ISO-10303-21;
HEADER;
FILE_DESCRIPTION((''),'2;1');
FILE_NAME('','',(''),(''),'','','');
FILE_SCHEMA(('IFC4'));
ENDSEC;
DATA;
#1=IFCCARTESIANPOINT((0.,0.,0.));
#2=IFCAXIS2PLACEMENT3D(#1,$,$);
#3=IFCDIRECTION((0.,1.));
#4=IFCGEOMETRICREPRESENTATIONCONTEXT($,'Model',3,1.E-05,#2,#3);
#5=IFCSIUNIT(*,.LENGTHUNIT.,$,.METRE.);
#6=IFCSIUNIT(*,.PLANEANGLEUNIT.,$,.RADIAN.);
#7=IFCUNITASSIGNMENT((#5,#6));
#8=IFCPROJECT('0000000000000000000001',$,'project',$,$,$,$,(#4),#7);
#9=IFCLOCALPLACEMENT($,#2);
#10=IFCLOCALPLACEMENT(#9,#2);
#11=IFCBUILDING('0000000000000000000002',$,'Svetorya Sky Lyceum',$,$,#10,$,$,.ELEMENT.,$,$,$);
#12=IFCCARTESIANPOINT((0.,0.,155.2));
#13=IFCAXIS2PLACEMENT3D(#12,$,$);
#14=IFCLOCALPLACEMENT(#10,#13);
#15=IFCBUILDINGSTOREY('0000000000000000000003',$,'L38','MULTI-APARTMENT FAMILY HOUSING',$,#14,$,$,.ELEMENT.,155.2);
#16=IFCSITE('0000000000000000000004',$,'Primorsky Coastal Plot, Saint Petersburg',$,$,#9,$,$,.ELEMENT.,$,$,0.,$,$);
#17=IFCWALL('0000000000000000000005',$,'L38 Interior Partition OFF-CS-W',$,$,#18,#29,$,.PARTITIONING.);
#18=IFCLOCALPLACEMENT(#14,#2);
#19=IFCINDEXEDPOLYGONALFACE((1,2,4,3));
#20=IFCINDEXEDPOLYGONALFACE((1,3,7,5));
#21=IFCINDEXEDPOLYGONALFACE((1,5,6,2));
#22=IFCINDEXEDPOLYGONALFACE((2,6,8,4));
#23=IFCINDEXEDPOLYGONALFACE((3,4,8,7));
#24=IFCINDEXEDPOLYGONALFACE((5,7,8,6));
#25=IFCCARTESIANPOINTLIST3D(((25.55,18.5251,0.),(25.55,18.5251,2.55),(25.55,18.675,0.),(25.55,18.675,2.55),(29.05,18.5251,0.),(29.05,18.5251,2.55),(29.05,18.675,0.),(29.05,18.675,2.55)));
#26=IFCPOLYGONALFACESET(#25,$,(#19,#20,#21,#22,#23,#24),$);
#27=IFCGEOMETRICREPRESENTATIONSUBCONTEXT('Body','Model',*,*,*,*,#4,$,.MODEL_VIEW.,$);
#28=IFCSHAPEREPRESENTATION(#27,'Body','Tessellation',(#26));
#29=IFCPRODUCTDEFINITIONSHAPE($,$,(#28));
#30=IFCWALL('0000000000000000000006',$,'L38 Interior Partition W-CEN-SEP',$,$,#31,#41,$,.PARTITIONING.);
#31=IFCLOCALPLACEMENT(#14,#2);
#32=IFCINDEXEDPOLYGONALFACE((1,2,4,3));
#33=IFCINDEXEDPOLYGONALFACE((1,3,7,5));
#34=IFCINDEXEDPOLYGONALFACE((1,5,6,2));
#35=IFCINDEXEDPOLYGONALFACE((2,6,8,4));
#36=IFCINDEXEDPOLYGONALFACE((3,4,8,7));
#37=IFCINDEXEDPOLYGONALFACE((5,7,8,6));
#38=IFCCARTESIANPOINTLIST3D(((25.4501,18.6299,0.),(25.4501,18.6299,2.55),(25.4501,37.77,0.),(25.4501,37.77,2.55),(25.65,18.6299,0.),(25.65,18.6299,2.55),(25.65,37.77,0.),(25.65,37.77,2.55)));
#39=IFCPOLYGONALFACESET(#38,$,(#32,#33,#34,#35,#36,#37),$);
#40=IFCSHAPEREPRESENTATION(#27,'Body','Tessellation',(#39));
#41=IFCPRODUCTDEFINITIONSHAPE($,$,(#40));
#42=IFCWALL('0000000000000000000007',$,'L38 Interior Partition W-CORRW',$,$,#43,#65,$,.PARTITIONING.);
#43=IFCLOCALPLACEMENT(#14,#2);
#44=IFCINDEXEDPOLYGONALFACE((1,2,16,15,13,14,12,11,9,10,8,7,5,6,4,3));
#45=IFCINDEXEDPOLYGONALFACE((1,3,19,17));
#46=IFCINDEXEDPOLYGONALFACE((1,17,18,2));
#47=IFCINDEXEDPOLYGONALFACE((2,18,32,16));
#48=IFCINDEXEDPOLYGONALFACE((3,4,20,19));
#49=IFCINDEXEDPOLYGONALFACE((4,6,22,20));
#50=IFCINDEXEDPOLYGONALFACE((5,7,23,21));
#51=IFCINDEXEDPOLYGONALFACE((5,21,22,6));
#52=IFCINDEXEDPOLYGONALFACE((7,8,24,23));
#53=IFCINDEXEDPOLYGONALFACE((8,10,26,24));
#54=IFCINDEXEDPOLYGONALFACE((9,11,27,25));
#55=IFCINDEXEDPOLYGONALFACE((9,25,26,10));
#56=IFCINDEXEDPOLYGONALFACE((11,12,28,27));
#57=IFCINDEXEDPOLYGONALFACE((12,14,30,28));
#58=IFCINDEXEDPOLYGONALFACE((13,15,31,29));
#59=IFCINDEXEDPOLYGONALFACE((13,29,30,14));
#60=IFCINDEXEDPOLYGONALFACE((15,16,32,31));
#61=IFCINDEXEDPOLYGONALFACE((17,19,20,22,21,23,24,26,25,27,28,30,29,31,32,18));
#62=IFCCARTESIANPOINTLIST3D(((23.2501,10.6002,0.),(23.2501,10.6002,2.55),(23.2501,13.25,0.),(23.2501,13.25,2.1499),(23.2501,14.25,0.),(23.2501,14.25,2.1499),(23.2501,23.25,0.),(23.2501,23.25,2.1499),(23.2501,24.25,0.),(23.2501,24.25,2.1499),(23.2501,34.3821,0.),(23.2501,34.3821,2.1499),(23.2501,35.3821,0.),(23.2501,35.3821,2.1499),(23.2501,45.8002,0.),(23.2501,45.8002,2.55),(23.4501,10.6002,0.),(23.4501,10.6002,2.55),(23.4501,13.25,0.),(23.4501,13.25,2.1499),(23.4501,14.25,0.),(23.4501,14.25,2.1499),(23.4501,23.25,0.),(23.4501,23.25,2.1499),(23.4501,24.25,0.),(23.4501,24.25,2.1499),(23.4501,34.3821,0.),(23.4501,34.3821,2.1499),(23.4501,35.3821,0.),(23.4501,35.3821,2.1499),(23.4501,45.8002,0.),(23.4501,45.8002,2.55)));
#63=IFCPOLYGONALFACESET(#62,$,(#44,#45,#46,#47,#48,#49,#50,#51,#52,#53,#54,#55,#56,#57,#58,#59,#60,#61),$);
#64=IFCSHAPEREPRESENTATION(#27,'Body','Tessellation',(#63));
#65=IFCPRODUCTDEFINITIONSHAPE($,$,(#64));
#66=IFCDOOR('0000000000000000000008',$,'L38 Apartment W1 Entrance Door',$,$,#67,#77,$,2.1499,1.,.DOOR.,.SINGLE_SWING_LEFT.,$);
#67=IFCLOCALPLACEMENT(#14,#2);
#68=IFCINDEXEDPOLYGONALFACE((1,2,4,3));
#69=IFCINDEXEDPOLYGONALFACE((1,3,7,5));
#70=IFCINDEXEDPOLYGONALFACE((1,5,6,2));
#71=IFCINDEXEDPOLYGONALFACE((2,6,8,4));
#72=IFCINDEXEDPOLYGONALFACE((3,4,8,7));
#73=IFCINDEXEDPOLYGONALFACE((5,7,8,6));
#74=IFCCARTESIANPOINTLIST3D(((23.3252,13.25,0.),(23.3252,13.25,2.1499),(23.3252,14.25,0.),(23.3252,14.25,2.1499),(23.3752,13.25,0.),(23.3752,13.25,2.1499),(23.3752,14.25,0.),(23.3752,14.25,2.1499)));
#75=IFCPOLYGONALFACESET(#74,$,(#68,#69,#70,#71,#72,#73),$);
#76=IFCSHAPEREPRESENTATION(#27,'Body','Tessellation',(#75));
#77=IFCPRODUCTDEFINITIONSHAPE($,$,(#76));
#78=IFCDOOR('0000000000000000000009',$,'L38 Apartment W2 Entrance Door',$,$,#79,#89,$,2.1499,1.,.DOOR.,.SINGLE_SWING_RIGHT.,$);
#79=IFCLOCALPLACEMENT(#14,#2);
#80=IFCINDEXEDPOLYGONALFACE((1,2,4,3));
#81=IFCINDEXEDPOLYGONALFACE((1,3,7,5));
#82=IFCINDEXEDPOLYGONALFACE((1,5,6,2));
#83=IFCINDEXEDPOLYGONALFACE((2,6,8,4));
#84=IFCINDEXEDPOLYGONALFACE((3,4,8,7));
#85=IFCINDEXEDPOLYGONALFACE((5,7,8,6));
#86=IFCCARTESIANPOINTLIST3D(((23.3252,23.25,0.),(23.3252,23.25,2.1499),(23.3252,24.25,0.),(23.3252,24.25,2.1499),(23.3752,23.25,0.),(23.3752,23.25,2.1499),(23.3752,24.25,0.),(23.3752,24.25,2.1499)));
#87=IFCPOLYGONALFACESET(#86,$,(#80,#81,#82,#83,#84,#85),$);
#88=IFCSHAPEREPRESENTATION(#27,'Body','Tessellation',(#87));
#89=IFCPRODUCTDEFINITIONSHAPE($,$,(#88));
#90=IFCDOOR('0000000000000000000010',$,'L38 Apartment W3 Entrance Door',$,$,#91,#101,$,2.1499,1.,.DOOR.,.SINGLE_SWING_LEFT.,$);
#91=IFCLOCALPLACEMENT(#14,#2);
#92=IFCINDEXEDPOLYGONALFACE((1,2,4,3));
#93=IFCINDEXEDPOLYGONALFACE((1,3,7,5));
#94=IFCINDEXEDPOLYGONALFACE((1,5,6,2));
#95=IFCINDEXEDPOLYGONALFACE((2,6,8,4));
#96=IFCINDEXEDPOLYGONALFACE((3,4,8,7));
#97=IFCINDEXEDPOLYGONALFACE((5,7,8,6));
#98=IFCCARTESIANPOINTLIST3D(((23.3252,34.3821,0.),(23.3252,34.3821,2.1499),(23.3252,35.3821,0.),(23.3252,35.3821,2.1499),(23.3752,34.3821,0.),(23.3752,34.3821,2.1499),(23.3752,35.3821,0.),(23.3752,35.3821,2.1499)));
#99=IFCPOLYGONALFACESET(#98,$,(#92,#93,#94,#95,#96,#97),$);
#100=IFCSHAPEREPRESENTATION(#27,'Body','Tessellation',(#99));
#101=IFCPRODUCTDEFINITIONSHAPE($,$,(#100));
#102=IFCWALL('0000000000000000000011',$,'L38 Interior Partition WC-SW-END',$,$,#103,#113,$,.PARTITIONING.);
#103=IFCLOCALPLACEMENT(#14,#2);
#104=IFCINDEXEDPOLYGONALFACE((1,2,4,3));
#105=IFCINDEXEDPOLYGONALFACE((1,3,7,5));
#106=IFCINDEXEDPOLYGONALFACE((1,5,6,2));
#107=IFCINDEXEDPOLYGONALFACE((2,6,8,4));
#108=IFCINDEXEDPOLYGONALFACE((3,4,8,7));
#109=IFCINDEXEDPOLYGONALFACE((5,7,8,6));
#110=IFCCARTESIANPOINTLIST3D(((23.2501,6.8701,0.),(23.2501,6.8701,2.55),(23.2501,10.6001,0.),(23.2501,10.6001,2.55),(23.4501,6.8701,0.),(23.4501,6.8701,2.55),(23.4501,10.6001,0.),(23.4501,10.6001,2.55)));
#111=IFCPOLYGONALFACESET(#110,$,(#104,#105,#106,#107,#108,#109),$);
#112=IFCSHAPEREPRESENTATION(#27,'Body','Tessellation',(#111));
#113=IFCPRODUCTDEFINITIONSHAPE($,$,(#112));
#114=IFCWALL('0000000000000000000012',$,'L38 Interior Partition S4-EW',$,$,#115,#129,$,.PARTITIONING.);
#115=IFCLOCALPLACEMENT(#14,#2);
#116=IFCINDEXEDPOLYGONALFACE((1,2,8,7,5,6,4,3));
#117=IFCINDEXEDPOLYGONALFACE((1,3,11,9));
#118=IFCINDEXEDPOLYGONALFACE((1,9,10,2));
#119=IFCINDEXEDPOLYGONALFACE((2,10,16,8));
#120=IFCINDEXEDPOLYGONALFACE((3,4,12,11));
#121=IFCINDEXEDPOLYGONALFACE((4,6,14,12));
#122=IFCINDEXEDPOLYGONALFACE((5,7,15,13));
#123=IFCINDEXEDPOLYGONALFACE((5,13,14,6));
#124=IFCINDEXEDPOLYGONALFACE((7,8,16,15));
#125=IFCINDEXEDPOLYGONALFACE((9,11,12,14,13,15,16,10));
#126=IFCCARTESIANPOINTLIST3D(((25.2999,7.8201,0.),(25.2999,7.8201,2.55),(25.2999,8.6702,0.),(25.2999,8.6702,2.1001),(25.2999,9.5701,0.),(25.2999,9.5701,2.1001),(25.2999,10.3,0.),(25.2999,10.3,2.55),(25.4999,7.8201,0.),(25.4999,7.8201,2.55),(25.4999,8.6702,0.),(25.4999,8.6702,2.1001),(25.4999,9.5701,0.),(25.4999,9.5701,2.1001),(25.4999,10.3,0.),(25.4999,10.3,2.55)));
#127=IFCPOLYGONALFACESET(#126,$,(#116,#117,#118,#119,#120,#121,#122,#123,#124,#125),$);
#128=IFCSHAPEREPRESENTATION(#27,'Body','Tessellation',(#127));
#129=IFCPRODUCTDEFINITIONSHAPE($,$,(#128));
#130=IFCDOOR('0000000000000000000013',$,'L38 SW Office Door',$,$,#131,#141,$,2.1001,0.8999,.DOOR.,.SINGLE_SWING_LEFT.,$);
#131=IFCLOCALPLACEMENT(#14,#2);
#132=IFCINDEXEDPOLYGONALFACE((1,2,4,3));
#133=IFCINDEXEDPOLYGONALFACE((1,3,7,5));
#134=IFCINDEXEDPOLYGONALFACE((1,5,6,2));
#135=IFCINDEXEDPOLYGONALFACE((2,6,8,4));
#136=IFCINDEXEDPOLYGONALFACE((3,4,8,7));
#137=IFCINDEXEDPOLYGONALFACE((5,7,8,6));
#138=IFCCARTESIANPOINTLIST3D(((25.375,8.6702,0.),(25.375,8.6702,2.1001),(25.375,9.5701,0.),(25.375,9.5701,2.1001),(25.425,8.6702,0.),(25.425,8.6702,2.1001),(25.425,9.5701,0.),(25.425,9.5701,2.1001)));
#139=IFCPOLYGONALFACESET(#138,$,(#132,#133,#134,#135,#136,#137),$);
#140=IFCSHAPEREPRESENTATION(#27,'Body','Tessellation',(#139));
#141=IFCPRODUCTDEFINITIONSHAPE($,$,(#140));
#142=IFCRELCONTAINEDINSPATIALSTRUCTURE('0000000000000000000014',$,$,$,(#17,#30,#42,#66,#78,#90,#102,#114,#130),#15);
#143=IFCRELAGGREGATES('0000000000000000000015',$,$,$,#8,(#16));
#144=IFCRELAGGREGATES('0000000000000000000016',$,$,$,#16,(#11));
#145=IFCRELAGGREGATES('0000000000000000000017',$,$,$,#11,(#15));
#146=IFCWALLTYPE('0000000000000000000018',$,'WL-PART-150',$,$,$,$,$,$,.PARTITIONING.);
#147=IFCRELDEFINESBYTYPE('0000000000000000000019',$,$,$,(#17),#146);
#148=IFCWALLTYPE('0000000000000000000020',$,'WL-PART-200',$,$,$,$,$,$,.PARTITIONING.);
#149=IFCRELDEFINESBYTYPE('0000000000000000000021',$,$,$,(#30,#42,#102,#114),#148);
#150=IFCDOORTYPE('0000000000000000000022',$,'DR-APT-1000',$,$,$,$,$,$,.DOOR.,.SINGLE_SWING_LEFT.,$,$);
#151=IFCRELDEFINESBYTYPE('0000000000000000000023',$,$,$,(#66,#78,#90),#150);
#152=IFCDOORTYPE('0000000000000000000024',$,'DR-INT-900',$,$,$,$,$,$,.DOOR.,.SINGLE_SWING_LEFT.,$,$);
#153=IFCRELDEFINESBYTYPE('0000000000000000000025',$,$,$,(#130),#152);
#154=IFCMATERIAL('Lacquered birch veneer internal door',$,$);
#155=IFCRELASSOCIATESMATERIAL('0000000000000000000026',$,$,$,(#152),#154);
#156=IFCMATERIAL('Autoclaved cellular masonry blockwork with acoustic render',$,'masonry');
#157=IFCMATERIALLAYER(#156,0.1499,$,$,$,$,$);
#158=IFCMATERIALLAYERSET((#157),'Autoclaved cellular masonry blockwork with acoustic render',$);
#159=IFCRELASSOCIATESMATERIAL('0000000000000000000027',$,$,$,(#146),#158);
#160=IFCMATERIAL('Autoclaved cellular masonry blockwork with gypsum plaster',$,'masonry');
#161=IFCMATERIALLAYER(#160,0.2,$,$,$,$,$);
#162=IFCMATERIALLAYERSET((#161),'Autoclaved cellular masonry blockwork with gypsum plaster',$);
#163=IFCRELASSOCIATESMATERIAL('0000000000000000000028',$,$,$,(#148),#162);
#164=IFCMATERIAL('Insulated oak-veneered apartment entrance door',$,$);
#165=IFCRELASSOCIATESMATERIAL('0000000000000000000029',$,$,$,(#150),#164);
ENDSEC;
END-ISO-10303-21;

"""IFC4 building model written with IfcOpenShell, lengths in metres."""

from ifc_helpers import new_model, si_unit, direction, frame, frame_2d, origin, place, context, subcontext, project, spatial, rectangle, extrude, material, layer, layer_set, type_object, element, fill, save


model = new_model("IFC4")

# Units and contexts
model_context = context("Model", 3, precision=1e-05, world=origin(), true_north=direction((0.0, 1.0)))
body_context = subcontext(model_context, "Body", "Model", "MODEL_VIEW")
ifc_project = project(units=[si_unit("LENGTHUNIT", "METRE"), si_unit("PLANEANGLEUNIT", "RADIAN")], contexts=[model_context])

# Site, building, storey
site_placement = place(None, origin())
site = spatial("IfcSite", under=ifc_project, at=site_placement, Name="Primorsky Coastal Plot, Saint Petersburg", CompositionType="ELEMENT", RefElevation=0.0)
building_placement = place(site_placement, origin())
building = spatial("IfcBuilding", under=site, at=building_placement, Name="Svetorya Sky Lyceum", CompositionType="ELEMENT")
storey_placement = place(building_placement, frame((0.0, 0.0, 155.2)))
storey = spatial("IfcBuildingStorey", under=building, at=storey_placement, Name="L38", Description="MULTI-APARTMENT FAMILY HOUSING", CompositionType="ELEMENT", Elevation=155.2)

# Shared definitions
ifc_material_1 = material(Name="Lacquered birch veneer internal door")
door_type_1 = type_object("IfcDoorType", Name="DR-INT-900", OperationType="SINGLE_SWING_LEFT", PredefinedType="DOOR", material=ifc_material_1)

# Walls
ifc_material_2 = material(Name="Autoclaved cellular masonry blockwork with acoustic render", Category="masonry")
ifc_layer_1 = layer(ifc_material_2, 0.1499)
ifc_layer_set_1 = layer_set([ifc_layer_1], Name="Autoclaved cellular masonry blockwork with acoustic render")
wall_type_1 = type_object("IfcWallType", Name="WL-PART-150", PredefinedType="PARTITIONING", material=ifc_layer_set_1)
wall_1_placement = place(storey_placement, frame((25.55, 18.6001, 0.0), z_axis=(0.0, 0.0, 1.0), x_axis=(1.0, 0.0, 0.0)))
element("IfcWall", 1, at=wall_1_placement, inside=storey, type_object=wall_type_1, Name="L38 Interior Partition OFF-CS-W", PredefinedType="PARTITIONING", context=body_context, shape_type="SweptSolid", body=[
    extrude(rectangle(XDim=3.5, YDim=0.1499, at=frame_2d((1.75, 0.0))), origin(), (0.0, 0.0, 1.0), 2.55),
])
ifc_material_3 = material(Name="Autoclaved cellular masonry blockwork with gypsum plaster", Category="masonry")
ifc_layer_2 = layer(ifc_material_3, 0.2)
ifc_layer_set_2 = layer_set([ifc_layer_2], Name="Autoclaved cellular masonry blockwork with gypsum plaster")
wall_type_2 = type_object("IfcWallType", Name="WL-PART-200", PredefinedType="PARTITIONING", material=ifc_layer_set_2)
wall_2_placement = place(storey_placement, frame((25.55, 18.6299, 0.0), z_axis=(0.0, 0.0, 1.0), x_axis=(0.0, 1.0, 0.0)))
element("IfcWall", 2, at=wall_2_placement, inside=storey, type_object=wall_type_2, Name="L38 Interior Partition W-CEN-SEP", PredefinedType="PARTITIONING", context=body_context, shape_type="SweptSolid", body=[
    extrude(rectangle(XDim=19.1401, YDim=0.2, at=frame_2d((9.5701, 0.0))), origin(), (0.0, 0.0, 1.0), 2.55),
])

# Wall, openings, doors
wall_3_placement = place(storey_placement, frame((23.3501, 10.6001, 0.0), z_axis=(0.0, 0.0, 1.0), x_axis=(0.0, 1.0, 0.0)))
wall_3 = element("IfcWall", 3, at=wall_3_placement, inside=storey, type_object=wall_type_2, Name="L38 Interior Partition W-CORRW", PredefinedType="PARTITIONING", context=body_context, shape_type="SweptSolid", body=[
    extrude(rectangle(XDim=35.2, YDim=0.2, at=frame_2d((17.6001, 0.0))), origin(), (0.0, 0.0, 1.0), 2.55),
])
opening_1_placement = place(wall_3_placement, frame((2.6499, 0.0, 0.0)))
opening_1 = element("IfcOpeningElement", 4, at=opening_1_placement, cuts=wall_3, PredefinedType="OPENING", context=body_context, shape_type="SweptSolid", body=[
    extrude(rectangle(XDim=1.0, YDim=2.1499, at=frame_2d((0.5, 1.075))), frame((0.0, 0.1099, 0.0), z_axis=(0.0, -1.0, 0.0), x_axis=(1.0, 0.0, 0.0)), (0.0, 0.0, 1.0), 0.22),
])
opening_2_placement = place(wall_3_placement, frame((12.6499, 0.0, 0.0)))
opening_2 = element("IfcOpeningElement", 5, at=opening_2_placement, cuts=wall_3, PredefinedType="OPENING", context=body_context, shape_type="SweptSolid", body=[
    extrude(rectangle(XDim=1.0, YDim=2.1499, at=frame_2d((0.5, 1.075))), frame((0.0, 0.1099, 0.0), z_axis=(0.0, -1.0, 0.0), x_axis=(1.0, 0.0, 0.0)), (0.0, 0.0, 1.0), 0.22),
])
opening_3_placement = place(wall_3_placement, frame((23.782, 0.0, 0.0)))
opening_3 = element("IfcOpeningElement", 6, at=opening_3_placement, cuts=wall_3, PredefinedType="OPENING", context=body_context, shape_type="SweptSolid", body=[
    extrude(rectangle(XDim=1.0, YDim=2.1499, at=frame_2d((0.5, 1.075))), frame((0.0, 0.1099, 0.0), z_axis=(0.0, -1.0, 0.0), x_axis=(1.0, 0.0, 0.0)), (0.0, 0.0, 1.0), 0.22),
])
ifc_material_4 = material(Name="Insulated oak-veneered apartment entrance door")
door_type_2 = type_object("IfcDoorType", Name="DR-APT-1000", OperationType="SINGLE_SWING_LEFT", PredefinedType="DOOR", material=ifc_material_4)
door_1_placement = place(opening_1_placement, origin())
door_1 = element("IfcDoor", 7, at=door_1_placement, inside=storey, type_object=door_type_2, Name="L38 Apartment W1 Entrance Door", OperationType="SINGLE_SWING_LEFT", OverallHeight=2.1499, OverallWidth=1.0, PredefinedType="DOOR", context=body_context, shape_type="SweptSolid", body=[
    extrude(rectangle(XDim=1.0, YDim=2.1499, at=frame_2d((0.5, 1.075))), frame((0.0, 0.0249, 0.0), z_axis=(0.0, -1.0, 0.0), x_axis=(1.0, 0.0, 0.0)), (0.0, 0.0, 1.0), 0.05),
])
fill(opening_1, door_1)
door_2_placement = place(opening_2_placement, origin())
door_2 = element("IfcDoor", 8, at=door_2_placement, inside=storey, type_object=door_type_2, Name="L38 Apartment W2 Entrance Door", OperationType="SINGLE_SWING_RIGHT", OverallHeight=2.1499, OverallWidth=1.0, PredefinedType="DOOR", context=body_context, shape_type="SweptSolid", body=[
    extrude(rectangle(XDim=1.0, YDim=2.1499, at=frame_2d((0.5, 1.075))), frame((0.0, 0.0249, 0.0), z_axis=(0.0, -1.0, 0.0), x_axis=(1.0, 0.0, 0.0)), (0.0, 0.0, 1.0), 0.05),
])
fill(opening_2, door_2)
door_3_placement = place(opening_3_placement, origin())
door_3 = element("IfcDoor", 9, at=door_3_placement, inside=storey, type_object=door_type_2, Name="L38 Apartment W3 Entrance Door", OperationType="SINGLE_SWING_LEFT", OverallHeight=2.1499, OverallWidth=1.0, PredefinedType="DOOR", context=body_context, shape_type="SweptSolid", body=[
    extrude(rectangle(XDim=1.0, YDim=2.1499, at=frame_2d((0.5, 1.075))), frame((0.0, 0.0249, 0.0), z_axis=(0.0, -1.0, 0.0), x_axis=(1.0, 0.0, 0.0)), (0.0, 0.0, 1.0), 0.05),
])
fill(opening_3, door_3)

# Wall
wall_4_placement = place(storey_placement, frame((23.3501, 6.8701, 0.0), z_axis=(0.0, 0.0, 1.0), x_axis=(0.0, 1.0, 0.0)))
element("IfcWall", 10, at=wall_4_placement, inside=storey, type_object=wall_type_2, Name="L38 Interior Partition WC-SW-END", PredefinedType="PARTITIONING", context=body_context, shape_type="SweptSolid", body=[
    extrude(rectangle(XDim=3.73, YDim=0.2, at=frame_2d((1.865, 0.0))), origin(), (0.0, 0.0, 1.0), 2.55),
])

# Wall, opening, door
wall_5_placement = place(storey_placement, frame((25.3999, 7.8201, 0.0), z_axis=(0.0, 0.0, 1.0), x_axis=(0.0, 1.0, 0.0)))
wall_5 = element("IfcWall", 11, at=wall_5_placement, inside=storey, type_object=wall_type_2, Name="L38 Interior Partition S4-EW", PredefinedType="PARTITIONING", context=body_context, shape_type="SweptSolid", body=[
    extrude(rectangle(XDim=2.48, YDim=0.2, at=frame_2d((1.24, 0.0))), origin(), (0.0, 0.0, 1.0), 2.55),
])
opening_4_placement = place(wall_5_placement, frame((0.8501, 0.0, 0.0)))
opening_4 = element("IfcOpeningElement", 12, at=opening_4_placement, cuts=wall_5, PredefinedType="OPENING", context=body_context, shape_type="SweptSolid", body=[
    extrude(rectangle(XDim=0.8999, YDim=2.1001, at=frame_2d((0.45, 1.05))), frame((0.0, 0.1099, 0.0), z_axis=(0.0, -1.0, 0.0), x_axis=(1.0, 0.0, 0.0)), (0.0, 0.0, 1.0), 0.22),
])
door_4_placement = place(opening_4_placement, origin())
door_4 = element("IfcDoor", 13, at=door_4_placement, inside=storey, type_object=door_type_1, Name="L38 SW Office Door", OperationType="SINGLE_SWING_LEFT", OverallHeight=2.1001, OverallWidth=0.8999, PredefinedType="DOOR", context=body_context, shape_type="SweptSolid", body=[
    extrude(rectangle(XDim=0.8999, YDim=2.1001, at=frame_2d((0.45, 1.05))), frame((0.0, 0.0249, 0.0), z_axis=(0.0, -1.0, 0.0), x_axis=(1.0, 0.0, 0.0)), (0.0, 0.0, 1.0), 0.05),
])
fill(opening_4, door_4)

save(model, "model.ifc")
